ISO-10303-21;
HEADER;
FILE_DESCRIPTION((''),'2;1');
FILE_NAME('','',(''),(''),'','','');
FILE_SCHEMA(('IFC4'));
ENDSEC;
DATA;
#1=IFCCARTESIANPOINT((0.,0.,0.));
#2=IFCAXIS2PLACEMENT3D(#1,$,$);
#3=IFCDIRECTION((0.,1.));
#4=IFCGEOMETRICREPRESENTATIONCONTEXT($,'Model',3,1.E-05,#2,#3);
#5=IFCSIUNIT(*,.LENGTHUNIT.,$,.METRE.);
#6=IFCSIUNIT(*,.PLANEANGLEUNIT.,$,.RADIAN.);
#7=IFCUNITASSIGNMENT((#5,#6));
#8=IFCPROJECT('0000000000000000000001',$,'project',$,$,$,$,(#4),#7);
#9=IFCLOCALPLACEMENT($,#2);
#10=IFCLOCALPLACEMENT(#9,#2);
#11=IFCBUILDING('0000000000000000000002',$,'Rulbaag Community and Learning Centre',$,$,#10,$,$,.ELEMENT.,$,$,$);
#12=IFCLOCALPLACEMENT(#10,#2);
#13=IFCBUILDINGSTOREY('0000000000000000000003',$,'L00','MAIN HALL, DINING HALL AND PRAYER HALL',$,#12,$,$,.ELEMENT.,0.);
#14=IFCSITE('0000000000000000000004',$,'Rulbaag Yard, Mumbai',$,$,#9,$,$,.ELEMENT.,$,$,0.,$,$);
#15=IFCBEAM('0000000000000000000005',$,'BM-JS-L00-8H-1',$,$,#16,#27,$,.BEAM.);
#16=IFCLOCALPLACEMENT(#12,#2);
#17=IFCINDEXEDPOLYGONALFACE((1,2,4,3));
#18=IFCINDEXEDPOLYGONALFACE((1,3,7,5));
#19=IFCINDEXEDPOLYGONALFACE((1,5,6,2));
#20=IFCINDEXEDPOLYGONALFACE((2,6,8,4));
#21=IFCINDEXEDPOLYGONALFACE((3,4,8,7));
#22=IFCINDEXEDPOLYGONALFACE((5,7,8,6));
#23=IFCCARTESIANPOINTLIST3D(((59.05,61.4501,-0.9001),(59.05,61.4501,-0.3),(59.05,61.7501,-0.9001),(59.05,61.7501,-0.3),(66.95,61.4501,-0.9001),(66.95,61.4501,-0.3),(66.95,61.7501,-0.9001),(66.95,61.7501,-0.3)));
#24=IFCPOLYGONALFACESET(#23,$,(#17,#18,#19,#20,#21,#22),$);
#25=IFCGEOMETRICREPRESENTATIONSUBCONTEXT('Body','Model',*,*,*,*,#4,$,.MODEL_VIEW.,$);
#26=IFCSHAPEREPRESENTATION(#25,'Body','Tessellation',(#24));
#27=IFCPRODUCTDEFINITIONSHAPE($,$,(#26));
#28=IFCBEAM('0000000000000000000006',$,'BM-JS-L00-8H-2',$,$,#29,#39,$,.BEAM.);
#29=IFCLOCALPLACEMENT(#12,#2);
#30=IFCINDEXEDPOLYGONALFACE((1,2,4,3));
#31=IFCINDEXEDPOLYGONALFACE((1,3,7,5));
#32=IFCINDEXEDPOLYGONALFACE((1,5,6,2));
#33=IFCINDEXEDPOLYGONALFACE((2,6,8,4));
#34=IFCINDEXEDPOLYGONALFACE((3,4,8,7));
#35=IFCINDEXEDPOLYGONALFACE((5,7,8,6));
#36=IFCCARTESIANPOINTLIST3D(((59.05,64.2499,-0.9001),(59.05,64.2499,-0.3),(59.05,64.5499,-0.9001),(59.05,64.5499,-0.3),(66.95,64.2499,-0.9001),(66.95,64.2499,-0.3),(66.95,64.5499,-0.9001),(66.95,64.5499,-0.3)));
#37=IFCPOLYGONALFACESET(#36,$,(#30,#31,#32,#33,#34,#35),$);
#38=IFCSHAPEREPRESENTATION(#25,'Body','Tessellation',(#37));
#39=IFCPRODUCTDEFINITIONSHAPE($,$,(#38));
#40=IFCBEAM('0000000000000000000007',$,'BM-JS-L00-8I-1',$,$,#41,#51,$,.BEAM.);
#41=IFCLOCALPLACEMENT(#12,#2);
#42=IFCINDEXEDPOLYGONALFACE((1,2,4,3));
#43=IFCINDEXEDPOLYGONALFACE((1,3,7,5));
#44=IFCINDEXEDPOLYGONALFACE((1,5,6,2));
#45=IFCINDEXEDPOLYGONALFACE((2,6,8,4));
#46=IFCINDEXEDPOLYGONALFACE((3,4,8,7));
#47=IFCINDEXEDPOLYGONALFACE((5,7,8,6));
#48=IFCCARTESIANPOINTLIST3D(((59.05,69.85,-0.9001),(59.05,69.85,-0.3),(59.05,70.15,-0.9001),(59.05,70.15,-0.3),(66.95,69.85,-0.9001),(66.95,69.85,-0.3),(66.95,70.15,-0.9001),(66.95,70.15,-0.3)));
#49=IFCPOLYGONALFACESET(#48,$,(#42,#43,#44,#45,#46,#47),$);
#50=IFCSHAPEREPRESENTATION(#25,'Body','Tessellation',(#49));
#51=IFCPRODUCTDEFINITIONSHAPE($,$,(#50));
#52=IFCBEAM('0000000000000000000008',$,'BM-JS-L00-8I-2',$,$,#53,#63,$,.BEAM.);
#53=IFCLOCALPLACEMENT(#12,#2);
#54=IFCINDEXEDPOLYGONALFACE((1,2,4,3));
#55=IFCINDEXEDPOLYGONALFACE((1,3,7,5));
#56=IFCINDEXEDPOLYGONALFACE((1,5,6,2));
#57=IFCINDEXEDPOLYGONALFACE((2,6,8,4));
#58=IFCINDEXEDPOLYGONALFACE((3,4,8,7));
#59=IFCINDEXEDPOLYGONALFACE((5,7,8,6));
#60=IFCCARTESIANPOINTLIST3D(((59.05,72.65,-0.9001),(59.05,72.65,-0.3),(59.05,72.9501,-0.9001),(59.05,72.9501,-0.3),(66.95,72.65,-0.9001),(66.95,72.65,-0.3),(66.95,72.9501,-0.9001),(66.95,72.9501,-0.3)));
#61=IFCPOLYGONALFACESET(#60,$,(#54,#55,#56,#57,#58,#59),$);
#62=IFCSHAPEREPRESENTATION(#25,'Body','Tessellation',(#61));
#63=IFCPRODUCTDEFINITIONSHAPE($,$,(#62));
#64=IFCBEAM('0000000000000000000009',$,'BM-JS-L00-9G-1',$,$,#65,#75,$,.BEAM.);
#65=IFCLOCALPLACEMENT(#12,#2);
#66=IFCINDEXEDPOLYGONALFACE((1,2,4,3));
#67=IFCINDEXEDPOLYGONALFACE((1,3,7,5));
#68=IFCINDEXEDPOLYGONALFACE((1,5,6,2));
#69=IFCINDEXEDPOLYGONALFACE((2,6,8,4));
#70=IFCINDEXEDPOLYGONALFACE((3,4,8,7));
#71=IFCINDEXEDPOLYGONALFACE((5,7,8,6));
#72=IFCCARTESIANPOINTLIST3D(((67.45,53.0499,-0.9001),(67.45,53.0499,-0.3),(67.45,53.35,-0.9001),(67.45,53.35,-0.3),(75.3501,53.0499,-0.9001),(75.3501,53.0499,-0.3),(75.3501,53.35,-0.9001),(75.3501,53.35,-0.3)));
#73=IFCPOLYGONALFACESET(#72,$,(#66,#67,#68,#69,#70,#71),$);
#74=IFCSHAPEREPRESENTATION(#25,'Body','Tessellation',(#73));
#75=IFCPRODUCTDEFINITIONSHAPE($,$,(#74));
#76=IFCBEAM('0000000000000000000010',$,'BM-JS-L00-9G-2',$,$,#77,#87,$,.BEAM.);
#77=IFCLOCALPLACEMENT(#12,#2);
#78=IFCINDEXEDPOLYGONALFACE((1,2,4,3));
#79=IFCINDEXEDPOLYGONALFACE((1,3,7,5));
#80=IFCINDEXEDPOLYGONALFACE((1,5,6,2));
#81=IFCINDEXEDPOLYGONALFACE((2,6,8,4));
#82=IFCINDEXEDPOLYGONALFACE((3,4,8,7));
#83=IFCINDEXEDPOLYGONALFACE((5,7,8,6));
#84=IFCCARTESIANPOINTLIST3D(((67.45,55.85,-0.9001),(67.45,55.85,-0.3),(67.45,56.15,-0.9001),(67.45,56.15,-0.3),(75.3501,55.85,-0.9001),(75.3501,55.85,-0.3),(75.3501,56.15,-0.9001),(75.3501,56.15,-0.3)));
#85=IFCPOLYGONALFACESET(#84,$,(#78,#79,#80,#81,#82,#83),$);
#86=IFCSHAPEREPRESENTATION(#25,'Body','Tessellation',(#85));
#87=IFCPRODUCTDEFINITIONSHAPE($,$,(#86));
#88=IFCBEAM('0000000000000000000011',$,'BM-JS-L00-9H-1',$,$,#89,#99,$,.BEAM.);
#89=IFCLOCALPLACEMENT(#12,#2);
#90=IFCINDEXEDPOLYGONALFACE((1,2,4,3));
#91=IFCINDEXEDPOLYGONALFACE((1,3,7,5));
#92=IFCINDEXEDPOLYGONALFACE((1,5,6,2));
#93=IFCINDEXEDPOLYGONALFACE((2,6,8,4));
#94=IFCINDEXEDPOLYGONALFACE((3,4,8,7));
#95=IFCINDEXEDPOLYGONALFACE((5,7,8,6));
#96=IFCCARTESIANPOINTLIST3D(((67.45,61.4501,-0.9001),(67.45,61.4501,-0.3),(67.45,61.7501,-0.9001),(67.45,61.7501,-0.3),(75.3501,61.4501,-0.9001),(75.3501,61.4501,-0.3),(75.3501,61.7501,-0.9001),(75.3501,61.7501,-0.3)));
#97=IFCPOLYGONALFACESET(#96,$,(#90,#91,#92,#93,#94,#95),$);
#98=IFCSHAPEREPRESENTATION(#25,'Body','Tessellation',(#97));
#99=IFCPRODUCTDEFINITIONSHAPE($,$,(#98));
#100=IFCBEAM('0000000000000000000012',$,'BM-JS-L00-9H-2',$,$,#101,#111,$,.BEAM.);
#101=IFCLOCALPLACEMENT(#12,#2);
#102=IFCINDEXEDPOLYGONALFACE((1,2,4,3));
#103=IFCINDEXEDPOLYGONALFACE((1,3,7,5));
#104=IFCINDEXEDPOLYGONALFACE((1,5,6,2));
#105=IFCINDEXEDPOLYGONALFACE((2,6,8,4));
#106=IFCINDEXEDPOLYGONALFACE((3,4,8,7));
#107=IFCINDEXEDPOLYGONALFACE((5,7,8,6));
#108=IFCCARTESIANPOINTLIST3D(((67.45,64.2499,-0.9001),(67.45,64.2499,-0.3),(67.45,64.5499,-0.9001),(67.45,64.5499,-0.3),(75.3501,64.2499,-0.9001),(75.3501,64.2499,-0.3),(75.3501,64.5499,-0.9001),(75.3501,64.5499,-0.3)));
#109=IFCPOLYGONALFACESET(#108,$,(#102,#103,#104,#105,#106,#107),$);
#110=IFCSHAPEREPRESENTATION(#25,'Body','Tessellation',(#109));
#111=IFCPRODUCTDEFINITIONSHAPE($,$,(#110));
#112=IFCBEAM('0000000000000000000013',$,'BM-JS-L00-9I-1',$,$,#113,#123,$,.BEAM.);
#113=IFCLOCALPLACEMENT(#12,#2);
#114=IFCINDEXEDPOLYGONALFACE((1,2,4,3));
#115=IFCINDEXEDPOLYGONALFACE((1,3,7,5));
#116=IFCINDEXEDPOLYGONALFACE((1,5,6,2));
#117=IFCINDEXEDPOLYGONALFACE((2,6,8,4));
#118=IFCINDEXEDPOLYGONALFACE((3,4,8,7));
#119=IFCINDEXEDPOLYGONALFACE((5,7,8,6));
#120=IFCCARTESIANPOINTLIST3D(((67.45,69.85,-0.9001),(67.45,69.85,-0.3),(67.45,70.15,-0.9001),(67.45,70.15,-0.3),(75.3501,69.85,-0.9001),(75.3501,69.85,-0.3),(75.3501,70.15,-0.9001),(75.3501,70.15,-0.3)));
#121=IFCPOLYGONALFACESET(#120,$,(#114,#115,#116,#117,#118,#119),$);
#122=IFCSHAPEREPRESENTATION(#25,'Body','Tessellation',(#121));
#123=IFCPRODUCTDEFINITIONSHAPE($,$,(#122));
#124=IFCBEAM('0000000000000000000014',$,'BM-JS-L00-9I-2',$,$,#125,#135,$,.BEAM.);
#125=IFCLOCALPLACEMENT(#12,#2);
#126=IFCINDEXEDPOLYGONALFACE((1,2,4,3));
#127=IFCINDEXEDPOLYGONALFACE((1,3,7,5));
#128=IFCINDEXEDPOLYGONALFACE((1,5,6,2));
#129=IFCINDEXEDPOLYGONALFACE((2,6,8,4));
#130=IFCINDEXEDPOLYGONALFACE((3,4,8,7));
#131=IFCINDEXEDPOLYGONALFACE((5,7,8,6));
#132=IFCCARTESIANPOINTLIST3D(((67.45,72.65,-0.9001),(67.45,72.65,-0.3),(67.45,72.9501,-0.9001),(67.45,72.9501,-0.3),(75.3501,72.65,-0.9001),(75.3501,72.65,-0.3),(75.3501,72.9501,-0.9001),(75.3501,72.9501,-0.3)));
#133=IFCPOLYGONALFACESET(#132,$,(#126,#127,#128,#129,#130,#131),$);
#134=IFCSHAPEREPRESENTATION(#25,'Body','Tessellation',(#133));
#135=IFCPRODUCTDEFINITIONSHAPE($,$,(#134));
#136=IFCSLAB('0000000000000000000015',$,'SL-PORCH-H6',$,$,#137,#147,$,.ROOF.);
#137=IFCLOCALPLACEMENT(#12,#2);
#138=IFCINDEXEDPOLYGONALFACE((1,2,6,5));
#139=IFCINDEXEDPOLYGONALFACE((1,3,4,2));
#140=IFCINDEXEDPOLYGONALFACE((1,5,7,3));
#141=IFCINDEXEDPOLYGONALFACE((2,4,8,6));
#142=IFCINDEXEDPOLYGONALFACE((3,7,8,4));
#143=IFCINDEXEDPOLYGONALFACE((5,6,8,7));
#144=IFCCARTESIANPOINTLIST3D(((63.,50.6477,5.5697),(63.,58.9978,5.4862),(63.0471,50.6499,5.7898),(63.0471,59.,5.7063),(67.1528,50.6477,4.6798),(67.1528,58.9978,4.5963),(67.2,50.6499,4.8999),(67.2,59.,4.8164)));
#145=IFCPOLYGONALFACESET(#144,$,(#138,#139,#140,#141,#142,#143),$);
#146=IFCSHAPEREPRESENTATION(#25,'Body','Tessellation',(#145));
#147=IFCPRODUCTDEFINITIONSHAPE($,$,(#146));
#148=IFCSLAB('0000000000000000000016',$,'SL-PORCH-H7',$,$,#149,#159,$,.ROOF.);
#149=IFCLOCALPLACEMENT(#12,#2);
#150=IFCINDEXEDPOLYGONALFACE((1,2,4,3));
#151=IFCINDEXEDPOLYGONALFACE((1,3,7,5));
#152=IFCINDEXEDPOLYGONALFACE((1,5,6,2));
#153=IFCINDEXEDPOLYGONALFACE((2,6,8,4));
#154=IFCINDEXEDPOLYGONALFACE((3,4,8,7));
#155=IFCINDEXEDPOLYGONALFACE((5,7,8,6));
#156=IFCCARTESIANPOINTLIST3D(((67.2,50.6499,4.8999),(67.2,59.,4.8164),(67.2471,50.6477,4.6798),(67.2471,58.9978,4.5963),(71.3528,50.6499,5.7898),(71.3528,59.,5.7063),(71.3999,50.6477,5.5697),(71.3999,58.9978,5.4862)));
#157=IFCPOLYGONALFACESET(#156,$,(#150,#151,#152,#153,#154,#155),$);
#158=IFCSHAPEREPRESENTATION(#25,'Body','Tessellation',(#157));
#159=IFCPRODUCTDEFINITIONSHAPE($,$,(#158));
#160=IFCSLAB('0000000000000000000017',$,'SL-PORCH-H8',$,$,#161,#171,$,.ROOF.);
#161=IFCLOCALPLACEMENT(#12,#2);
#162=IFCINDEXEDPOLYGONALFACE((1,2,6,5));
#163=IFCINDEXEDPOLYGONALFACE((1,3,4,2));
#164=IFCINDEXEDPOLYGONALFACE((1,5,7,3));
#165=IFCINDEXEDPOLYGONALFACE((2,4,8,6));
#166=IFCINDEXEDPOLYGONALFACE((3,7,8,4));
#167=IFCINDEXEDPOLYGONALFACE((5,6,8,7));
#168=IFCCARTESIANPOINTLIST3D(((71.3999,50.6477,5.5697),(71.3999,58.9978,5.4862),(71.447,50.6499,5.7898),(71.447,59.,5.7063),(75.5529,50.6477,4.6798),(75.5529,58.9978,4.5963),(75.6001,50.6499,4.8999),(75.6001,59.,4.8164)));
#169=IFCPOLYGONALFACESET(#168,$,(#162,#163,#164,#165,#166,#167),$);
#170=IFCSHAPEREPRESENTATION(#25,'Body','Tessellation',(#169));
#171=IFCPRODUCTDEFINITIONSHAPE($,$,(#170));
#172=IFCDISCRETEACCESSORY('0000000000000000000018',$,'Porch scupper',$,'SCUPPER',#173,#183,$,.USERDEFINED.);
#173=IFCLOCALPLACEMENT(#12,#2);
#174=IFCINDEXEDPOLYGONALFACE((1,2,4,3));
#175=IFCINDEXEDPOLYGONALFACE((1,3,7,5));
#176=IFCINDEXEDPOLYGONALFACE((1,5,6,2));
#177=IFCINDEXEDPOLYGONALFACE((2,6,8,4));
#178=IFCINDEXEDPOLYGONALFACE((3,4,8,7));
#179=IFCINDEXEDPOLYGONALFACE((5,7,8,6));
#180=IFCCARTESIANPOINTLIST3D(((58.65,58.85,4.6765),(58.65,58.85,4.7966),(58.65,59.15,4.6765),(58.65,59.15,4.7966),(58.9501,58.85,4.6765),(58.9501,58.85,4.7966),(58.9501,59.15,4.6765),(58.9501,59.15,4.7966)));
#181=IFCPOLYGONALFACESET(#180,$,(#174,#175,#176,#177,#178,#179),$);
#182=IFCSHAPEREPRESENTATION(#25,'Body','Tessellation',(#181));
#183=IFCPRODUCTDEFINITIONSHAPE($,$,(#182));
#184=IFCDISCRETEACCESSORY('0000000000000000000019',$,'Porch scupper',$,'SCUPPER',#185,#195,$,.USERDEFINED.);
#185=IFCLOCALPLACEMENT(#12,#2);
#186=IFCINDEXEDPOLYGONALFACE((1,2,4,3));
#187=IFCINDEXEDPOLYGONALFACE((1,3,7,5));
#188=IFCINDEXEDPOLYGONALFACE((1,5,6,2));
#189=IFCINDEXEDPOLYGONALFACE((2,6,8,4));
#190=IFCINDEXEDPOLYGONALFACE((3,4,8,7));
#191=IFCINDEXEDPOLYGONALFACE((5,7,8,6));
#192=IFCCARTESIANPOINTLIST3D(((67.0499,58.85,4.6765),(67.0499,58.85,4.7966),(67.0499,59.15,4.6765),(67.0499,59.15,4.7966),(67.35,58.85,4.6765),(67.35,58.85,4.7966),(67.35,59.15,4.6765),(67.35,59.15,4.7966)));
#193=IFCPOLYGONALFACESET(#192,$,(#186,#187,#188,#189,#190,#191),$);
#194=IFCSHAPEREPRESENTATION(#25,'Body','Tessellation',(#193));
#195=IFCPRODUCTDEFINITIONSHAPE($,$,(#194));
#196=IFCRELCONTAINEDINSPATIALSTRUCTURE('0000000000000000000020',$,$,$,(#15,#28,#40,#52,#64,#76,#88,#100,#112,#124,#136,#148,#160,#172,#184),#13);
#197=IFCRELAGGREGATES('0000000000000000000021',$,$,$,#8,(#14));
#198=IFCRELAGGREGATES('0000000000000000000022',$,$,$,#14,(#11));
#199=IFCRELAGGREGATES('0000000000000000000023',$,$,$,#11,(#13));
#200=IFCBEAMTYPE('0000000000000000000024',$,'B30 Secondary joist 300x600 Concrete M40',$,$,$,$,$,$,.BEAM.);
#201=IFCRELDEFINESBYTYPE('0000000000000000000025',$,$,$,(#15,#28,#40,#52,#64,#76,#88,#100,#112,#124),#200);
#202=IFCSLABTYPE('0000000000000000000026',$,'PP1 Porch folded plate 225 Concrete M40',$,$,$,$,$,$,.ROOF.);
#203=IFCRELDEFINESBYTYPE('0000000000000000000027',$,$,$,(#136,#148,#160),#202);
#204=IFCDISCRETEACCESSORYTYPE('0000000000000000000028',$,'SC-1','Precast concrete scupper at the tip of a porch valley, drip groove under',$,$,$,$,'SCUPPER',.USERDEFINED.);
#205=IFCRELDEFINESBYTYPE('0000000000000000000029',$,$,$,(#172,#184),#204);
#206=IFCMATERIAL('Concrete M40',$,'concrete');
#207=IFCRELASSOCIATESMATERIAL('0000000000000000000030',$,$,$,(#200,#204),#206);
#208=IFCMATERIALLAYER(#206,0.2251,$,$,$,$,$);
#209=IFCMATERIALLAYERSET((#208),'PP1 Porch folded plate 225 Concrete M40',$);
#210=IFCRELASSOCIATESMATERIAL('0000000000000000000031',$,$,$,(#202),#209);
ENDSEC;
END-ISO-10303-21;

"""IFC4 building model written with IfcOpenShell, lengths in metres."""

from ifc_helpers import new_model, si_unit, direction, frame, origin, origin_2d, place, context, subcontext, project, spatial, polyline, rectangle, outline, extrude, material, layer, layer_set, material_profile, profile_set, type_object, element, save


model = new_model("IFC4")

# Units and contexts
model_context = context("Model", 3, precision=1e-05, world=origin(), true_north=direction((0.0, 1.0)))
body_context = subcontext(model_context, "Body", "Model", "MODEL_VIEW")
ifc_project = project(units=[si_unit("LENGTHUNIT", "METRE"), si_unit("PLANEANGLEUNIT", "RADIAN")], contexts=[model_context])

# Site, building, storey
site_placement = place(None, origin())
site = spatial("IfcSite", under=ifc_project, at=site_placement, Name="Rulbaag Yard, Mumbai", CompositionType="ELEMENT", RefElevation=0.0)
building_placement = place(site_placement, origin())
building = spatial("IfcBuilding", under=site, at=building_placement, Name="Rulbaag Community and Learning Centre", CompositionType="ELEMENT")
storey_placement = place(building_placement, origin())
storey = spatial("IfcBuildingStorey", under=building, at=storey_placement, Name="L00", Description="MAIN HALL, DINING HALL AND PRAYER HALL", CompositionType="ELEMENT", Elevation=0.0)

# Shared definitions
ifc_material = material(Name="Concrete M40", Category="concrete")

# Beams
ifc_material_profile_1 = material_profile(ifc_material, rectangle(XDim=0.3, YDim=0.6001, at=origin_2d()), Name="RB300x600")
ifc_profile_set_1 = profile_set([ifc_material_profile_1], Name="Concrete M40")
beam_type_1 = type_object("IfcBeamType", Name="B30 Secondary joist 300x600 Concrete M40", PredefinedType="BEAM", material=ifc_profile_set_1)
for number, where, z_axis, x_axis, name in (
    (1, (59.05, 61.6001, -0.6001), (1.0, 0.0, 0.0), (0.0, 1.0, 0.0), "BM-JS-L00-8H-1"),
    (2, (59.05, 64.3999, -0.6001), (1.0, 0.0, 0.0), (0.0, 1.0, 0.0), "BM-JS-L00-8H-2"),
    (3, (59.05, 70.0, -0.6001), (1.0, 0.0, 0.0), (0.0, 1.0, 0.0), "BM-JS-L00-8I-1"),
    (4, (59.05, 72.8, -0.6001), (1.0, 0.0, 0.0), (0.0, 1.0, 0.0), "BM-JS-L00-8I-2"),
):
    element("IfcBeam", number, at=place(storey_placement, frame(where, z_axis=z_axis, x_axis=x_axis)), inside=storey, type_object=beam_type_1, Name=name, PredefinedType="BEAM", context=body_context, shape_type="SweptSolid", body=[
        extrude(rectangle(XDim=0.3, YDim=0.6001, at=origin_2d()), origin(), (0.0, 0.0, 1.0), 7.8999),
    ])
for number, where, z_axis, x_axis, name in (
    (5, (67.45, 53.2, -0.6001), (1.0, 0.0, 0.0), (0.0, 1.0, 0.0), "BM-JS-L00-9G-1"),
    (6, (67.45, 56.0, -0.6001), (1.0, 0.0, 0.0), (0.0, 1.0, 0.0), "BM-JS-L00-9G-2"),
    (7, (67.45, 61.6001, -0.6001), (1.0, 0.0, 0.0), (0.0, 1.0, 0.0), "BM-JS-L00-9H-1"),
    (8, (67.45, 64.3999, -0.6001), (1.0, 0.0, 0.0), (0.0, 1.0, 0.0), "BM-JS-L00-9H-2"),
    (9, (67.45, 70.0, -0.6001), (1.0, 0.0, 0.0), (0.0, 1.0, 0.0), "BM-JS-L00-9I-1"),
    (10, (67.45, 72.8, -0.6001), (1.0, 0.0, 0.0), (0.0, 1.0, 0.0), "BM-JS-L00-9I-2"),
):
    element("IfcBeam", number, at=place(storey_placement, frame(where, z_axis=z_axis, x_axis=x_axis)), inside=storey, type_object=beam_type_1, Name=name, PredefinedType="BEAM", context=body_context, shape_type="SweptSolid", body=[
        extrude(rectangle(XDim=0.3, YDim=0.6001, at=origin_2d()), origin(), (0.0, 0.0, 1.0), 7.9001),
    ])

# Slabs
ifc_layer = layer(ifc_material, 0.2251)
ifc_layer_set = layer_set([ifc_layer], Name="PP1 Porch folded plate 225 Concrete M40")
slab_type = type_object("IfcSlabType", Name="PP1 Porch folded plate 225 Concrete M40", PredefinedType="ROOF", material=ifc_layer_set)
slab_1_placement = place(storey_placement, frame((63.0471, 50.6499, 5.7898), z_axis=(0.209519, 0.009777, 0.977756), x_axis=(0.0, 0.99995, -0.009999)))
element("IfcSlab", 11, at=slab_1_placement, inside=storey, type_object=slab_type, Name="SL-PORCH-H6", PredefinedType="ROOF", context=body_context, shape_type="SweptSolid", body=[
    extrude(outline(polyline([(0.0, 0.0), (8.3505, 0.0), (8.3594, -4.2471), (0.0089, -4.2471), (0.0, 0.0)])), origin(), (0.0, 0.0, -1.0), 0.2251),
])
slab_2_placement = place(storey_placement, frame((67.2, 50.6499, 4.8999), z_axis=(-0.209519, 0.009777, 0.977756), x_axis=(0.0, 0.99995, -0.009999)))
element("IfcSlab", 12, at=slab_2_placement, inside=storey, type_object=slab_type, Name="SL-PORCH-H7", PredefinedType="ROOF", context=body_context, shape_type="SweptSolid", body=[
    extrude(outline(polyline([(0.0, 0.0), (8.3505, 0.0), (8.3416, -4.2471), (-0.0089, -4.2471), (0.0, 0.0)])), origin(), (0.0, 0.0, -1.0), 0.2251),
])
slab_3_placement = place(storey_placement, frame((71.447, 50.6499, 5.7898), z_axis=(0.209507, 0.009777, 0.977758), x_axis=(0.0, 0.99995, -0.009999)))
element("IfcSlab", 13, at=slab_3_placement, inside=storey, type_object=slab_type, Name="SL-PORCH-H8", PredefinedType="ROOF", context=body_context, shape_type="SweptSolid", body=[
    extrude(outline(polyline([(0.0, 0.0), (8.3505, 0.0), (8.3594, -4.2473), (0.0089, -4.2473), (0.0, 0.0)])), origin(), (0.0, 0.0, -1.0), 0.2251),
])

# Discrete accessories
discrete_accessory_type = type_object("IfcDiscreteAccessoryType", Name="SC-1", Description="Precast concrete scupper at the tip of a porch valley, drip groove under", ElementType="SCUPPER", PredefinedType="USERDEFINED", material=ifc_material)
for number, where, z_axis, x_axis, name in (
    (14, (58.8, 59.0, 4.6765), (0.0, 0.0, 1.0), (1.0, 0.0, 0.0), "Porch scupper"),
    (15, (67.2, 59.0, 4.6765), (0.0, 0.0, 1.0), (1.0, 0.0, 0.0), "Porch scupper"),
):
    element("IfcDiscreteAccessory", number, at=place(storey_placement, frame(where, z_axis=z_axis, x_axis=x_axis)), inside=storey, type_object=discrete_accessory_type, Name=name, ObjectType="SCUPPER", PredefinedType="USERDEFINED", context=body_context, shape_type="SweptSolid", body=[
        extrude(rectangle(XDim=0.3, YDim=0.3, at=origin_2d()), origin(), (0.0, 0.0, 1.0), 0.1201),
    ])

save(model, "model.ifc")
